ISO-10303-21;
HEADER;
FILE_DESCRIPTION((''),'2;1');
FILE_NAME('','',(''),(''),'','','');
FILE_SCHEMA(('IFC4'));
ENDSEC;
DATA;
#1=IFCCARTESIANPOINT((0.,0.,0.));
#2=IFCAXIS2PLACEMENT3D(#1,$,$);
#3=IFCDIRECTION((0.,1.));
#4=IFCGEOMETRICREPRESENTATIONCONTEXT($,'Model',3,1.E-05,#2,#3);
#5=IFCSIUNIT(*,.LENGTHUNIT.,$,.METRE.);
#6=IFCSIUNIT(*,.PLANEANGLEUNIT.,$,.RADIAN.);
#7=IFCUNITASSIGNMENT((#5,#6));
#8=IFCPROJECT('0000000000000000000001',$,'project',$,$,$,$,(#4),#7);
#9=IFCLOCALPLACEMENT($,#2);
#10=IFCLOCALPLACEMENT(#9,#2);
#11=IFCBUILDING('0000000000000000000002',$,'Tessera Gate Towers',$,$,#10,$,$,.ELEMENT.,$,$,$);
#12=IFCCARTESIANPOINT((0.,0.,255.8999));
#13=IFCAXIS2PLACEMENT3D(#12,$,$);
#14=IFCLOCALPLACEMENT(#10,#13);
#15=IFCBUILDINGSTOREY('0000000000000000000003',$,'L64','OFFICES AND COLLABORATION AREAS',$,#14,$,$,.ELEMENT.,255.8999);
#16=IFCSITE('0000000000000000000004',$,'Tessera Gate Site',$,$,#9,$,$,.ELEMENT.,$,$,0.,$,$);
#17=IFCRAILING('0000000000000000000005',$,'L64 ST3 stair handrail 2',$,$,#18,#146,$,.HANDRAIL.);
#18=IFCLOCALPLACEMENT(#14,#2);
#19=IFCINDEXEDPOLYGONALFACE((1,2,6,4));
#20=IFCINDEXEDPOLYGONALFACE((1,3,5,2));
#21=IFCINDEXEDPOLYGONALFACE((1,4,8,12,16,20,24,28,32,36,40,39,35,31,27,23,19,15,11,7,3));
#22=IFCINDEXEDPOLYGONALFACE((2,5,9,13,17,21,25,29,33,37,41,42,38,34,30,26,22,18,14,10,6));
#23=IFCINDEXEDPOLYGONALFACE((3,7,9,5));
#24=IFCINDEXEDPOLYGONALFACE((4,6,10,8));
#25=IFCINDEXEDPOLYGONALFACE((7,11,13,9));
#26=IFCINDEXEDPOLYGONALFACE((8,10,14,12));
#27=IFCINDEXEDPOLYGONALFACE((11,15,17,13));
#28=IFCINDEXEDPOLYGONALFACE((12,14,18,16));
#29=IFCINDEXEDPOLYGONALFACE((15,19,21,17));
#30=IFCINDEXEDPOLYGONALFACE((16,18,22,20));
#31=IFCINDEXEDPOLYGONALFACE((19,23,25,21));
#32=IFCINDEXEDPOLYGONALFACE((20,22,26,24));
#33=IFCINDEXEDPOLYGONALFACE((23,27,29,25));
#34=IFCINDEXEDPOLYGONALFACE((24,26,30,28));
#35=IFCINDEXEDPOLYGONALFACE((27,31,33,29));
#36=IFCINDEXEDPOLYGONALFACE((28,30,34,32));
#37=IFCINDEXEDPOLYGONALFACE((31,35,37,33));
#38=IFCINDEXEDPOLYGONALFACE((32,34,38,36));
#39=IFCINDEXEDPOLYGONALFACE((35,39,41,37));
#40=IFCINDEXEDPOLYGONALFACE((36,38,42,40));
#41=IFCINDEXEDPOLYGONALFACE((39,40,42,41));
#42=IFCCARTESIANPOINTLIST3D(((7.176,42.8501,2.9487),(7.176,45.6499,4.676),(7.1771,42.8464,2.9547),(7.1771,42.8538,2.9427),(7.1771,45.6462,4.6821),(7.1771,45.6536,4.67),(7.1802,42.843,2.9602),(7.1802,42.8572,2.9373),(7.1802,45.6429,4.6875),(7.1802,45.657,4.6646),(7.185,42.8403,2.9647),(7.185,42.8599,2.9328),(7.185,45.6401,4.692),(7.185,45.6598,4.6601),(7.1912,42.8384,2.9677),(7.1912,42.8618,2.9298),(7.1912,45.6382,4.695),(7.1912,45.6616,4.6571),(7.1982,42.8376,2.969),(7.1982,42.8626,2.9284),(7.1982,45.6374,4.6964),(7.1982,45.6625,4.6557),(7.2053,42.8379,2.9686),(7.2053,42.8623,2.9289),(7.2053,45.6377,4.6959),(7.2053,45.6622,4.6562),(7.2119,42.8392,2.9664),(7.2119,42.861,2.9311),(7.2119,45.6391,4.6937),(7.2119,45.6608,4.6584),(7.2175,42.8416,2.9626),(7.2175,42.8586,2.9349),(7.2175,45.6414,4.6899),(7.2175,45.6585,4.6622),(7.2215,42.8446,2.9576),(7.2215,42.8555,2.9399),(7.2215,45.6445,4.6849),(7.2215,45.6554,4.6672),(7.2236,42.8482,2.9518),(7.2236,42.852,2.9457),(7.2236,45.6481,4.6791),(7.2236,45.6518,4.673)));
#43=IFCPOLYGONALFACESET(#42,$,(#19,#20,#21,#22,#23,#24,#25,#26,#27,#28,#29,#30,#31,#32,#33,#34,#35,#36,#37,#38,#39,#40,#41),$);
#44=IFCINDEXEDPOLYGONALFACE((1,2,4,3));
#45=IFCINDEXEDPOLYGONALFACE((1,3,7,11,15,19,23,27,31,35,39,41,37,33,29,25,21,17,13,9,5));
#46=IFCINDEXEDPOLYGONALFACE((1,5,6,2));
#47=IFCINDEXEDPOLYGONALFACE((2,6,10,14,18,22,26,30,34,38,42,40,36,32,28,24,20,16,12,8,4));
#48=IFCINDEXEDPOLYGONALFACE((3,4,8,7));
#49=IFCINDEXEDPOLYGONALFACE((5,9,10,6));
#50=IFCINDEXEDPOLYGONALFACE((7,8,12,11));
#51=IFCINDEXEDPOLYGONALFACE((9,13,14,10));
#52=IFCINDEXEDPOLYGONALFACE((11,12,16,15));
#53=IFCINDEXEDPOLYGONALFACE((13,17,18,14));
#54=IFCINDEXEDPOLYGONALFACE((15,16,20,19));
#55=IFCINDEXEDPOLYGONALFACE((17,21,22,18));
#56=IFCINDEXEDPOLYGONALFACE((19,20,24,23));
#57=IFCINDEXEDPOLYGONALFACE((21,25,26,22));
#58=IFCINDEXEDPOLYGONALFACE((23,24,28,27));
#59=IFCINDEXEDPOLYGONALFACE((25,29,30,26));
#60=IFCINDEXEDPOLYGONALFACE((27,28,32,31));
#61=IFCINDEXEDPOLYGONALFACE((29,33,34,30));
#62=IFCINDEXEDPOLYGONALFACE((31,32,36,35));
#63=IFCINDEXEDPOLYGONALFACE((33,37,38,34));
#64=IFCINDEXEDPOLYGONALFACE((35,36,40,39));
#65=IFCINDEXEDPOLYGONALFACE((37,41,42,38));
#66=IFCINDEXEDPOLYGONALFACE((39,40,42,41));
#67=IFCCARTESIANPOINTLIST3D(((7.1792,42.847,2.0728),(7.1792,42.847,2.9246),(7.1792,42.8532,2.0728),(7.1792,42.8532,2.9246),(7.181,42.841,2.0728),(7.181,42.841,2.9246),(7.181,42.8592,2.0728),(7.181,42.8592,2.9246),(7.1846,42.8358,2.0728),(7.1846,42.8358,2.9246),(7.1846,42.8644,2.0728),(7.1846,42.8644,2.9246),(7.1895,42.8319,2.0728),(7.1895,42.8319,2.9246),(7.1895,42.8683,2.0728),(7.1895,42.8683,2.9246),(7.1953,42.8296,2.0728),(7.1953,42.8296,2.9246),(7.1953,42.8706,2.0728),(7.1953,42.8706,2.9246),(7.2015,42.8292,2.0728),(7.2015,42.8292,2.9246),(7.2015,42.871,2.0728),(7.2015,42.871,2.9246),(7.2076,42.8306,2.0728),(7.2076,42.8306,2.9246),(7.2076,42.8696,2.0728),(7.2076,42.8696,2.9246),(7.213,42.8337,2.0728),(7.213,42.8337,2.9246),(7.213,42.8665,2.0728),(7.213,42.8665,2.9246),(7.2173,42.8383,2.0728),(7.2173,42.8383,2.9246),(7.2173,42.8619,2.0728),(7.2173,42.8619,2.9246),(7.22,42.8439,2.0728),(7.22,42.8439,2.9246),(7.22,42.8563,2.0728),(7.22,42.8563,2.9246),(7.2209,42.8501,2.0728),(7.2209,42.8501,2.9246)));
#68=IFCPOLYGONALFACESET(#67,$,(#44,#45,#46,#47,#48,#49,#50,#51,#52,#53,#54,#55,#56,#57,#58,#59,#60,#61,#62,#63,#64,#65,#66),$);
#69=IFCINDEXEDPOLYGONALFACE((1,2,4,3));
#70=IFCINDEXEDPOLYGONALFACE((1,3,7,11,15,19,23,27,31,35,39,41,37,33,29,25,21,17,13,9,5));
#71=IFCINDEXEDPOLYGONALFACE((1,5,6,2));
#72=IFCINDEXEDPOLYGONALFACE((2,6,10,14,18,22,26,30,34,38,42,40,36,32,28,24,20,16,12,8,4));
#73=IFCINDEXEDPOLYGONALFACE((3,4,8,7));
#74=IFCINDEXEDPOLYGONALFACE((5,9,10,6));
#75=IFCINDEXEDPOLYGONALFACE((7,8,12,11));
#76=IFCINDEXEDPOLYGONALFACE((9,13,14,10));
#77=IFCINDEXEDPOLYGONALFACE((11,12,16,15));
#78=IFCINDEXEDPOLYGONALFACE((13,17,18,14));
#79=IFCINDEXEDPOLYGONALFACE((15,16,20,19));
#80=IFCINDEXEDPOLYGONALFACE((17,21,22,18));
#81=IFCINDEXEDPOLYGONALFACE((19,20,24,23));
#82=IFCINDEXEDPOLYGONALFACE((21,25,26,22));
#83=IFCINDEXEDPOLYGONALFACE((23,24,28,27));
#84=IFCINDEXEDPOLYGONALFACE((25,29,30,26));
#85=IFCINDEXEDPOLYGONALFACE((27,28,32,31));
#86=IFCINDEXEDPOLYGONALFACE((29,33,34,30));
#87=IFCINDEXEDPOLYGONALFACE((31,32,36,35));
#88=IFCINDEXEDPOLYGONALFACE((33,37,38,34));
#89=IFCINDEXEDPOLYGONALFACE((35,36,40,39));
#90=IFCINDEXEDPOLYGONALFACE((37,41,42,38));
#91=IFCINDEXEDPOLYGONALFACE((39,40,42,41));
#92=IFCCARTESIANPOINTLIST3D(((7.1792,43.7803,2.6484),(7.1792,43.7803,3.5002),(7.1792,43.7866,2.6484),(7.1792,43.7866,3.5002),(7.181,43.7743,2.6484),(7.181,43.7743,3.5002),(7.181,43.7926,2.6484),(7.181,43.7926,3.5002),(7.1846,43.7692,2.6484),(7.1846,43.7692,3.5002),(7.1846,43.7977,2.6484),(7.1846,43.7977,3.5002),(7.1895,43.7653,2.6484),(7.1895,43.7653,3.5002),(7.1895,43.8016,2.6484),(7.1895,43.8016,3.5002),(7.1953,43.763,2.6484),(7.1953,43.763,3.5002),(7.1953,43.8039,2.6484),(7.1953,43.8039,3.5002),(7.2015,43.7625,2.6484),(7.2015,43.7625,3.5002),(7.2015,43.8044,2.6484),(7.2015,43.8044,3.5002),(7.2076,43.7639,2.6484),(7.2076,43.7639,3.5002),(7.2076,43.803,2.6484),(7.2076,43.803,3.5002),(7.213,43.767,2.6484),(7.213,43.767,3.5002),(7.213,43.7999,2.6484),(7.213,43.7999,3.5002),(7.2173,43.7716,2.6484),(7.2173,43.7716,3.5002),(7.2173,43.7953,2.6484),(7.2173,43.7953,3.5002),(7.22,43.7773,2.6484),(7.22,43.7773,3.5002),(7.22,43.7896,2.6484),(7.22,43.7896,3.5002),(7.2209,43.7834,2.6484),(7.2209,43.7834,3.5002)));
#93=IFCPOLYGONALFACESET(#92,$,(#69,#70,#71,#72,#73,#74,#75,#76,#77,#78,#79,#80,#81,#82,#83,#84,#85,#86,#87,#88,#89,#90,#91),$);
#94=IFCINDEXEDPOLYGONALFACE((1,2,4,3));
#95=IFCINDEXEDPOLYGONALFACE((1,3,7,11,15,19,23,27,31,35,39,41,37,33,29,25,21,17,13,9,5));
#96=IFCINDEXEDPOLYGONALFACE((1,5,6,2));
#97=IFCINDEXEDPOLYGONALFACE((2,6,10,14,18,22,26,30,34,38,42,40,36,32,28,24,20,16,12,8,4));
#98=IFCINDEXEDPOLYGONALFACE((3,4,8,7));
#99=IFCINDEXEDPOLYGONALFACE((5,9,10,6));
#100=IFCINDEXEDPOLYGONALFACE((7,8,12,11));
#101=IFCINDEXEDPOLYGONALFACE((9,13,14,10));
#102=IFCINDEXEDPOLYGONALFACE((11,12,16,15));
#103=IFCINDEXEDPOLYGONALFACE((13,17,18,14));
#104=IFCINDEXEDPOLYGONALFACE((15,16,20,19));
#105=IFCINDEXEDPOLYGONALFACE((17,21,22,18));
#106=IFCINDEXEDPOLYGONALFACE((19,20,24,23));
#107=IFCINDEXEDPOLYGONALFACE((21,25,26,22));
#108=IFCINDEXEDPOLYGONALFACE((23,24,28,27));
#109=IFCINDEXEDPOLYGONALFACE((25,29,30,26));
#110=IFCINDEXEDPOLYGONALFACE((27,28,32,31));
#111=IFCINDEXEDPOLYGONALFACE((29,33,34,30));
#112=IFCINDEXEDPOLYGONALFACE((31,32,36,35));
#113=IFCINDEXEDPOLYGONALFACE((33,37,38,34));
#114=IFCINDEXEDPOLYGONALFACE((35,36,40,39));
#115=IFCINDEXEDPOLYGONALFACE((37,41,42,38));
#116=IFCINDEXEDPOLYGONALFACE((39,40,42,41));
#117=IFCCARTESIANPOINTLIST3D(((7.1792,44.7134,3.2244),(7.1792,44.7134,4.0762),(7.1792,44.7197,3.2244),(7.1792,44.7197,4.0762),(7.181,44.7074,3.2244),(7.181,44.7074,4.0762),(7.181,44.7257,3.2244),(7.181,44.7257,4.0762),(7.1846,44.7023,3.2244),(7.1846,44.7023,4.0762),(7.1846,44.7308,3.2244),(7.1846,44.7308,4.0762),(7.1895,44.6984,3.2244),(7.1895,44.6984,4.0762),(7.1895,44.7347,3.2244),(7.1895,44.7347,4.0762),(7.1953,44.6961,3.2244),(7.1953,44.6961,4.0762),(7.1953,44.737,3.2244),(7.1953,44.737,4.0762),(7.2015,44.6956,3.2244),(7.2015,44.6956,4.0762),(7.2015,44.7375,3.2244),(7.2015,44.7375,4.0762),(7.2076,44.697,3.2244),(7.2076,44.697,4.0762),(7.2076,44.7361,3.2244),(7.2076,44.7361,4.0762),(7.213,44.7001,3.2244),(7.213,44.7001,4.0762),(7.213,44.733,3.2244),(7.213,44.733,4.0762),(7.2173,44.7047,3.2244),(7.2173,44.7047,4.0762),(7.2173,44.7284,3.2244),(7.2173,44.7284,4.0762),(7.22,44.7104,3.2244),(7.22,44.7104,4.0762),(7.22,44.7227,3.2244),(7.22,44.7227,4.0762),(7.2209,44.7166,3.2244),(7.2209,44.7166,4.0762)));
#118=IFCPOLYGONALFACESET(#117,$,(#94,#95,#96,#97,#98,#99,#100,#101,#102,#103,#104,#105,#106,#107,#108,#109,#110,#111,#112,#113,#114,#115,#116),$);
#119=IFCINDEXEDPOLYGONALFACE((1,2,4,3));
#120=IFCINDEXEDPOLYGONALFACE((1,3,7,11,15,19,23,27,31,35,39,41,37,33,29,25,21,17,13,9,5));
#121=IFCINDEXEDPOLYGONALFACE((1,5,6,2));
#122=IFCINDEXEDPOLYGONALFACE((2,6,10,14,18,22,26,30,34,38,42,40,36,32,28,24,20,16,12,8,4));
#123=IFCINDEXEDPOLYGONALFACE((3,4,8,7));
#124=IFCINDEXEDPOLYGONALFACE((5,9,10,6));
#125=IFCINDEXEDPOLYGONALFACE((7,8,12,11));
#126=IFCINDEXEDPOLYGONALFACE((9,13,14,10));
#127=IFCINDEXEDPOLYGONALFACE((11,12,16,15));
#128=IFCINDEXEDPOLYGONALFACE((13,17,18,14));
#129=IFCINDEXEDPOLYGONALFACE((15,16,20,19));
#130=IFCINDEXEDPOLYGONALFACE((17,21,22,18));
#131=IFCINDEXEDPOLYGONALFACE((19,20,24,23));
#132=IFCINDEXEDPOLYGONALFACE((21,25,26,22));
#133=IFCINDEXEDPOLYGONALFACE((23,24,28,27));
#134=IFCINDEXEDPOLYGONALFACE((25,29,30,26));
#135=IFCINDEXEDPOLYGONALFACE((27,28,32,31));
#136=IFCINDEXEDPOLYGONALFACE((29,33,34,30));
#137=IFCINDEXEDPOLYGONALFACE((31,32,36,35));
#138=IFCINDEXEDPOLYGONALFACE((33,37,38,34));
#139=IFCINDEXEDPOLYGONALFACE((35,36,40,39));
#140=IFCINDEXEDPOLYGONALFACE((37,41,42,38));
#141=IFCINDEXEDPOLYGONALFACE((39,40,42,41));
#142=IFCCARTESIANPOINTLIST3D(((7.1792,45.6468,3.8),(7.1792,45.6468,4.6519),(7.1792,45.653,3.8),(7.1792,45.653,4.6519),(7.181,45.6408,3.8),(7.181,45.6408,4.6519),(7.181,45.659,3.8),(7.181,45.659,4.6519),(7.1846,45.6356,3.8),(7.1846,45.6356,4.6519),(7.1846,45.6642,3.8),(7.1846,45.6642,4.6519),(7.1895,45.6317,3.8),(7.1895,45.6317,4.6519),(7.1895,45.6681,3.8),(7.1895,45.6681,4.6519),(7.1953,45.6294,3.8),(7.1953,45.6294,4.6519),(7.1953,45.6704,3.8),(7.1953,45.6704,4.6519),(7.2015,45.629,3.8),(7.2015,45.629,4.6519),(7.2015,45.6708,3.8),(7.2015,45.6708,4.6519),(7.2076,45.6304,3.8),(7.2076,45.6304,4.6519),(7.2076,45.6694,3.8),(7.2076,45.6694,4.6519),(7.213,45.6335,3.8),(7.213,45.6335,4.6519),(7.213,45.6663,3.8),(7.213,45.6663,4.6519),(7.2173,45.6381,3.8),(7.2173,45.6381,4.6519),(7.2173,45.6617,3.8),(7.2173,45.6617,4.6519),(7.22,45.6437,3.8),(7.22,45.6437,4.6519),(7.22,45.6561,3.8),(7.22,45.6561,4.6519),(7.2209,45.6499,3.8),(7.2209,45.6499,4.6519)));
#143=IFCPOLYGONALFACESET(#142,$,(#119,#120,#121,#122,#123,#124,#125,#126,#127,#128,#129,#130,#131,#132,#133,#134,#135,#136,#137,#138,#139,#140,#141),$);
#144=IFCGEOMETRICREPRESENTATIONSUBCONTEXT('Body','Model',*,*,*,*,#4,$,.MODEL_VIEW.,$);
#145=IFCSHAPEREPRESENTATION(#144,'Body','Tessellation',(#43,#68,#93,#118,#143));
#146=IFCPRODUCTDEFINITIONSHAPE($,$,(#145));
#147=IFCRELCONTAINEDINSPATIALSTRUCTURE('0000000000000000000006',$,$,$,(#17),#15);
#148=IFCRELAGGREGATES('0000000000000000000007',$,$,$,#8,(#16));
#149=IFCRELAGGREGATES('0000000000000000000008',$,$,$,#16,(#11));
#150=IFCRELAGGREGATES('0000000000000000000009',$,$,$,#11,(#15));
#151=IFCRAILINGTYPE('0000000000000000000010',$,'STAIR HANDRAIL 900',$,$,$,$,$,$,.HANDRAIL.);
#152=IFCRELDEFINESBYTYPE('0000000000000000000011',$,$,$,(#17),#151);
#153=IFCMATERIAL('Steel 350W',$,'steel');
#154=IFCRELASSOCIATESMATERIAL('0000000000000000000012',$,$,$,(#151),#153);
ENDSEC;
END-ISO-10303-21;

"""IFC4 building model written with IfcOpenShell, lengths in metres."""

from ifc_helpers import new_model, si_unit, direction, frame, origin, origin_2d, place, context, subcontext, project, spatial, circle, extrude, material, type_object, element, save


model = new_model("IFC4")

# Units and contexts
model_context = context("Model", 3, precision=1e-05, world=origin(), true_north=direction((0.0, 1.0)))
body_context = subcontext(model_context, "Body", "Model", "MODEL_VIEW")
ifc_project = project(units=[si_unit("LENGTHUNIT", "METRE"), si_unit("PLANEANGLEUNIT", "RADIAN")], contexts=[model_context])

# Site, building, storey
site_placement = place(None, origin())
site = spatial("IfcSite", under=ifc_project, at=site_placement, Name="Tessera Gate Site", CompositionType="ELEMENT", RefElevation=0.0)
building_placement = place(site_placement, origin())
building = spatial("IfcBuilding", under=site, at=building_placement, Name="Tessera Gate Towers", CompositionType="ELEMENT")
storey_placement = place(building_placement, frame((0.0, 0.0, 255.8999)))
storey = spatial("IfcBuildingStorey", under=building, at=storey_placement, Name="L64", Description="OFFICES AND COLLABORATION AREAS", CompositionType="ELEMENT", Elevation=255.8999)

# Railing
ifc_material_1 = material(Name="Steel 350W", Category="steel")
railing_type_1 = type_object("IfcRailingType", Name="STAIR HANDRAIL 900", PredefinedType="HANDRAIL", material=ifc_material_1)
railing_1_placement = place(storey_placement, frame((7.2, 42.8501, 2.0728)))
element("IfcRailing", 1, at=railing_1_placement, inside=storey, type_object=railing_type_1, Name="L64 ST3 stair handrail 2", PredefinedType="HANDRAIL", context=body_context, shape_type="SweptSolid", body=[
    extrude(circle(Radius=0.0239, at=origin_2d()), frame((0.0, 0.0, 0.876), z_axis=(0.0, 0.851069, 0.525054), x_axis=(-1.0, 0.0, 0.0)), (0.0, 0.0, 1.0), 3.2898),
    extrude(circle(Radius=0.021, at=origin_2d()), origin(), (0.0, 0.0, 1.0), 0.8518),
    extrude(circle(Radius=0.021, at=origin_2d()), frame((0.0, 0.9333, 0.5757)), (0.0, 0.0, 1.0), 0.8518),
    extrude(circle(Radius=0.021, at=origin_2d()), frame((0.0, 1.8665, 1.1516)), (0.0, 0.0, 1.0), 0.8518),
    extrude(circle(Radius=0.021, at=origin_2d()), frame((0.0, 2.7998, 1.7273)), (0.0, 0.0, 1.0), 0.8518),
])

save(model, "model.ifc")
